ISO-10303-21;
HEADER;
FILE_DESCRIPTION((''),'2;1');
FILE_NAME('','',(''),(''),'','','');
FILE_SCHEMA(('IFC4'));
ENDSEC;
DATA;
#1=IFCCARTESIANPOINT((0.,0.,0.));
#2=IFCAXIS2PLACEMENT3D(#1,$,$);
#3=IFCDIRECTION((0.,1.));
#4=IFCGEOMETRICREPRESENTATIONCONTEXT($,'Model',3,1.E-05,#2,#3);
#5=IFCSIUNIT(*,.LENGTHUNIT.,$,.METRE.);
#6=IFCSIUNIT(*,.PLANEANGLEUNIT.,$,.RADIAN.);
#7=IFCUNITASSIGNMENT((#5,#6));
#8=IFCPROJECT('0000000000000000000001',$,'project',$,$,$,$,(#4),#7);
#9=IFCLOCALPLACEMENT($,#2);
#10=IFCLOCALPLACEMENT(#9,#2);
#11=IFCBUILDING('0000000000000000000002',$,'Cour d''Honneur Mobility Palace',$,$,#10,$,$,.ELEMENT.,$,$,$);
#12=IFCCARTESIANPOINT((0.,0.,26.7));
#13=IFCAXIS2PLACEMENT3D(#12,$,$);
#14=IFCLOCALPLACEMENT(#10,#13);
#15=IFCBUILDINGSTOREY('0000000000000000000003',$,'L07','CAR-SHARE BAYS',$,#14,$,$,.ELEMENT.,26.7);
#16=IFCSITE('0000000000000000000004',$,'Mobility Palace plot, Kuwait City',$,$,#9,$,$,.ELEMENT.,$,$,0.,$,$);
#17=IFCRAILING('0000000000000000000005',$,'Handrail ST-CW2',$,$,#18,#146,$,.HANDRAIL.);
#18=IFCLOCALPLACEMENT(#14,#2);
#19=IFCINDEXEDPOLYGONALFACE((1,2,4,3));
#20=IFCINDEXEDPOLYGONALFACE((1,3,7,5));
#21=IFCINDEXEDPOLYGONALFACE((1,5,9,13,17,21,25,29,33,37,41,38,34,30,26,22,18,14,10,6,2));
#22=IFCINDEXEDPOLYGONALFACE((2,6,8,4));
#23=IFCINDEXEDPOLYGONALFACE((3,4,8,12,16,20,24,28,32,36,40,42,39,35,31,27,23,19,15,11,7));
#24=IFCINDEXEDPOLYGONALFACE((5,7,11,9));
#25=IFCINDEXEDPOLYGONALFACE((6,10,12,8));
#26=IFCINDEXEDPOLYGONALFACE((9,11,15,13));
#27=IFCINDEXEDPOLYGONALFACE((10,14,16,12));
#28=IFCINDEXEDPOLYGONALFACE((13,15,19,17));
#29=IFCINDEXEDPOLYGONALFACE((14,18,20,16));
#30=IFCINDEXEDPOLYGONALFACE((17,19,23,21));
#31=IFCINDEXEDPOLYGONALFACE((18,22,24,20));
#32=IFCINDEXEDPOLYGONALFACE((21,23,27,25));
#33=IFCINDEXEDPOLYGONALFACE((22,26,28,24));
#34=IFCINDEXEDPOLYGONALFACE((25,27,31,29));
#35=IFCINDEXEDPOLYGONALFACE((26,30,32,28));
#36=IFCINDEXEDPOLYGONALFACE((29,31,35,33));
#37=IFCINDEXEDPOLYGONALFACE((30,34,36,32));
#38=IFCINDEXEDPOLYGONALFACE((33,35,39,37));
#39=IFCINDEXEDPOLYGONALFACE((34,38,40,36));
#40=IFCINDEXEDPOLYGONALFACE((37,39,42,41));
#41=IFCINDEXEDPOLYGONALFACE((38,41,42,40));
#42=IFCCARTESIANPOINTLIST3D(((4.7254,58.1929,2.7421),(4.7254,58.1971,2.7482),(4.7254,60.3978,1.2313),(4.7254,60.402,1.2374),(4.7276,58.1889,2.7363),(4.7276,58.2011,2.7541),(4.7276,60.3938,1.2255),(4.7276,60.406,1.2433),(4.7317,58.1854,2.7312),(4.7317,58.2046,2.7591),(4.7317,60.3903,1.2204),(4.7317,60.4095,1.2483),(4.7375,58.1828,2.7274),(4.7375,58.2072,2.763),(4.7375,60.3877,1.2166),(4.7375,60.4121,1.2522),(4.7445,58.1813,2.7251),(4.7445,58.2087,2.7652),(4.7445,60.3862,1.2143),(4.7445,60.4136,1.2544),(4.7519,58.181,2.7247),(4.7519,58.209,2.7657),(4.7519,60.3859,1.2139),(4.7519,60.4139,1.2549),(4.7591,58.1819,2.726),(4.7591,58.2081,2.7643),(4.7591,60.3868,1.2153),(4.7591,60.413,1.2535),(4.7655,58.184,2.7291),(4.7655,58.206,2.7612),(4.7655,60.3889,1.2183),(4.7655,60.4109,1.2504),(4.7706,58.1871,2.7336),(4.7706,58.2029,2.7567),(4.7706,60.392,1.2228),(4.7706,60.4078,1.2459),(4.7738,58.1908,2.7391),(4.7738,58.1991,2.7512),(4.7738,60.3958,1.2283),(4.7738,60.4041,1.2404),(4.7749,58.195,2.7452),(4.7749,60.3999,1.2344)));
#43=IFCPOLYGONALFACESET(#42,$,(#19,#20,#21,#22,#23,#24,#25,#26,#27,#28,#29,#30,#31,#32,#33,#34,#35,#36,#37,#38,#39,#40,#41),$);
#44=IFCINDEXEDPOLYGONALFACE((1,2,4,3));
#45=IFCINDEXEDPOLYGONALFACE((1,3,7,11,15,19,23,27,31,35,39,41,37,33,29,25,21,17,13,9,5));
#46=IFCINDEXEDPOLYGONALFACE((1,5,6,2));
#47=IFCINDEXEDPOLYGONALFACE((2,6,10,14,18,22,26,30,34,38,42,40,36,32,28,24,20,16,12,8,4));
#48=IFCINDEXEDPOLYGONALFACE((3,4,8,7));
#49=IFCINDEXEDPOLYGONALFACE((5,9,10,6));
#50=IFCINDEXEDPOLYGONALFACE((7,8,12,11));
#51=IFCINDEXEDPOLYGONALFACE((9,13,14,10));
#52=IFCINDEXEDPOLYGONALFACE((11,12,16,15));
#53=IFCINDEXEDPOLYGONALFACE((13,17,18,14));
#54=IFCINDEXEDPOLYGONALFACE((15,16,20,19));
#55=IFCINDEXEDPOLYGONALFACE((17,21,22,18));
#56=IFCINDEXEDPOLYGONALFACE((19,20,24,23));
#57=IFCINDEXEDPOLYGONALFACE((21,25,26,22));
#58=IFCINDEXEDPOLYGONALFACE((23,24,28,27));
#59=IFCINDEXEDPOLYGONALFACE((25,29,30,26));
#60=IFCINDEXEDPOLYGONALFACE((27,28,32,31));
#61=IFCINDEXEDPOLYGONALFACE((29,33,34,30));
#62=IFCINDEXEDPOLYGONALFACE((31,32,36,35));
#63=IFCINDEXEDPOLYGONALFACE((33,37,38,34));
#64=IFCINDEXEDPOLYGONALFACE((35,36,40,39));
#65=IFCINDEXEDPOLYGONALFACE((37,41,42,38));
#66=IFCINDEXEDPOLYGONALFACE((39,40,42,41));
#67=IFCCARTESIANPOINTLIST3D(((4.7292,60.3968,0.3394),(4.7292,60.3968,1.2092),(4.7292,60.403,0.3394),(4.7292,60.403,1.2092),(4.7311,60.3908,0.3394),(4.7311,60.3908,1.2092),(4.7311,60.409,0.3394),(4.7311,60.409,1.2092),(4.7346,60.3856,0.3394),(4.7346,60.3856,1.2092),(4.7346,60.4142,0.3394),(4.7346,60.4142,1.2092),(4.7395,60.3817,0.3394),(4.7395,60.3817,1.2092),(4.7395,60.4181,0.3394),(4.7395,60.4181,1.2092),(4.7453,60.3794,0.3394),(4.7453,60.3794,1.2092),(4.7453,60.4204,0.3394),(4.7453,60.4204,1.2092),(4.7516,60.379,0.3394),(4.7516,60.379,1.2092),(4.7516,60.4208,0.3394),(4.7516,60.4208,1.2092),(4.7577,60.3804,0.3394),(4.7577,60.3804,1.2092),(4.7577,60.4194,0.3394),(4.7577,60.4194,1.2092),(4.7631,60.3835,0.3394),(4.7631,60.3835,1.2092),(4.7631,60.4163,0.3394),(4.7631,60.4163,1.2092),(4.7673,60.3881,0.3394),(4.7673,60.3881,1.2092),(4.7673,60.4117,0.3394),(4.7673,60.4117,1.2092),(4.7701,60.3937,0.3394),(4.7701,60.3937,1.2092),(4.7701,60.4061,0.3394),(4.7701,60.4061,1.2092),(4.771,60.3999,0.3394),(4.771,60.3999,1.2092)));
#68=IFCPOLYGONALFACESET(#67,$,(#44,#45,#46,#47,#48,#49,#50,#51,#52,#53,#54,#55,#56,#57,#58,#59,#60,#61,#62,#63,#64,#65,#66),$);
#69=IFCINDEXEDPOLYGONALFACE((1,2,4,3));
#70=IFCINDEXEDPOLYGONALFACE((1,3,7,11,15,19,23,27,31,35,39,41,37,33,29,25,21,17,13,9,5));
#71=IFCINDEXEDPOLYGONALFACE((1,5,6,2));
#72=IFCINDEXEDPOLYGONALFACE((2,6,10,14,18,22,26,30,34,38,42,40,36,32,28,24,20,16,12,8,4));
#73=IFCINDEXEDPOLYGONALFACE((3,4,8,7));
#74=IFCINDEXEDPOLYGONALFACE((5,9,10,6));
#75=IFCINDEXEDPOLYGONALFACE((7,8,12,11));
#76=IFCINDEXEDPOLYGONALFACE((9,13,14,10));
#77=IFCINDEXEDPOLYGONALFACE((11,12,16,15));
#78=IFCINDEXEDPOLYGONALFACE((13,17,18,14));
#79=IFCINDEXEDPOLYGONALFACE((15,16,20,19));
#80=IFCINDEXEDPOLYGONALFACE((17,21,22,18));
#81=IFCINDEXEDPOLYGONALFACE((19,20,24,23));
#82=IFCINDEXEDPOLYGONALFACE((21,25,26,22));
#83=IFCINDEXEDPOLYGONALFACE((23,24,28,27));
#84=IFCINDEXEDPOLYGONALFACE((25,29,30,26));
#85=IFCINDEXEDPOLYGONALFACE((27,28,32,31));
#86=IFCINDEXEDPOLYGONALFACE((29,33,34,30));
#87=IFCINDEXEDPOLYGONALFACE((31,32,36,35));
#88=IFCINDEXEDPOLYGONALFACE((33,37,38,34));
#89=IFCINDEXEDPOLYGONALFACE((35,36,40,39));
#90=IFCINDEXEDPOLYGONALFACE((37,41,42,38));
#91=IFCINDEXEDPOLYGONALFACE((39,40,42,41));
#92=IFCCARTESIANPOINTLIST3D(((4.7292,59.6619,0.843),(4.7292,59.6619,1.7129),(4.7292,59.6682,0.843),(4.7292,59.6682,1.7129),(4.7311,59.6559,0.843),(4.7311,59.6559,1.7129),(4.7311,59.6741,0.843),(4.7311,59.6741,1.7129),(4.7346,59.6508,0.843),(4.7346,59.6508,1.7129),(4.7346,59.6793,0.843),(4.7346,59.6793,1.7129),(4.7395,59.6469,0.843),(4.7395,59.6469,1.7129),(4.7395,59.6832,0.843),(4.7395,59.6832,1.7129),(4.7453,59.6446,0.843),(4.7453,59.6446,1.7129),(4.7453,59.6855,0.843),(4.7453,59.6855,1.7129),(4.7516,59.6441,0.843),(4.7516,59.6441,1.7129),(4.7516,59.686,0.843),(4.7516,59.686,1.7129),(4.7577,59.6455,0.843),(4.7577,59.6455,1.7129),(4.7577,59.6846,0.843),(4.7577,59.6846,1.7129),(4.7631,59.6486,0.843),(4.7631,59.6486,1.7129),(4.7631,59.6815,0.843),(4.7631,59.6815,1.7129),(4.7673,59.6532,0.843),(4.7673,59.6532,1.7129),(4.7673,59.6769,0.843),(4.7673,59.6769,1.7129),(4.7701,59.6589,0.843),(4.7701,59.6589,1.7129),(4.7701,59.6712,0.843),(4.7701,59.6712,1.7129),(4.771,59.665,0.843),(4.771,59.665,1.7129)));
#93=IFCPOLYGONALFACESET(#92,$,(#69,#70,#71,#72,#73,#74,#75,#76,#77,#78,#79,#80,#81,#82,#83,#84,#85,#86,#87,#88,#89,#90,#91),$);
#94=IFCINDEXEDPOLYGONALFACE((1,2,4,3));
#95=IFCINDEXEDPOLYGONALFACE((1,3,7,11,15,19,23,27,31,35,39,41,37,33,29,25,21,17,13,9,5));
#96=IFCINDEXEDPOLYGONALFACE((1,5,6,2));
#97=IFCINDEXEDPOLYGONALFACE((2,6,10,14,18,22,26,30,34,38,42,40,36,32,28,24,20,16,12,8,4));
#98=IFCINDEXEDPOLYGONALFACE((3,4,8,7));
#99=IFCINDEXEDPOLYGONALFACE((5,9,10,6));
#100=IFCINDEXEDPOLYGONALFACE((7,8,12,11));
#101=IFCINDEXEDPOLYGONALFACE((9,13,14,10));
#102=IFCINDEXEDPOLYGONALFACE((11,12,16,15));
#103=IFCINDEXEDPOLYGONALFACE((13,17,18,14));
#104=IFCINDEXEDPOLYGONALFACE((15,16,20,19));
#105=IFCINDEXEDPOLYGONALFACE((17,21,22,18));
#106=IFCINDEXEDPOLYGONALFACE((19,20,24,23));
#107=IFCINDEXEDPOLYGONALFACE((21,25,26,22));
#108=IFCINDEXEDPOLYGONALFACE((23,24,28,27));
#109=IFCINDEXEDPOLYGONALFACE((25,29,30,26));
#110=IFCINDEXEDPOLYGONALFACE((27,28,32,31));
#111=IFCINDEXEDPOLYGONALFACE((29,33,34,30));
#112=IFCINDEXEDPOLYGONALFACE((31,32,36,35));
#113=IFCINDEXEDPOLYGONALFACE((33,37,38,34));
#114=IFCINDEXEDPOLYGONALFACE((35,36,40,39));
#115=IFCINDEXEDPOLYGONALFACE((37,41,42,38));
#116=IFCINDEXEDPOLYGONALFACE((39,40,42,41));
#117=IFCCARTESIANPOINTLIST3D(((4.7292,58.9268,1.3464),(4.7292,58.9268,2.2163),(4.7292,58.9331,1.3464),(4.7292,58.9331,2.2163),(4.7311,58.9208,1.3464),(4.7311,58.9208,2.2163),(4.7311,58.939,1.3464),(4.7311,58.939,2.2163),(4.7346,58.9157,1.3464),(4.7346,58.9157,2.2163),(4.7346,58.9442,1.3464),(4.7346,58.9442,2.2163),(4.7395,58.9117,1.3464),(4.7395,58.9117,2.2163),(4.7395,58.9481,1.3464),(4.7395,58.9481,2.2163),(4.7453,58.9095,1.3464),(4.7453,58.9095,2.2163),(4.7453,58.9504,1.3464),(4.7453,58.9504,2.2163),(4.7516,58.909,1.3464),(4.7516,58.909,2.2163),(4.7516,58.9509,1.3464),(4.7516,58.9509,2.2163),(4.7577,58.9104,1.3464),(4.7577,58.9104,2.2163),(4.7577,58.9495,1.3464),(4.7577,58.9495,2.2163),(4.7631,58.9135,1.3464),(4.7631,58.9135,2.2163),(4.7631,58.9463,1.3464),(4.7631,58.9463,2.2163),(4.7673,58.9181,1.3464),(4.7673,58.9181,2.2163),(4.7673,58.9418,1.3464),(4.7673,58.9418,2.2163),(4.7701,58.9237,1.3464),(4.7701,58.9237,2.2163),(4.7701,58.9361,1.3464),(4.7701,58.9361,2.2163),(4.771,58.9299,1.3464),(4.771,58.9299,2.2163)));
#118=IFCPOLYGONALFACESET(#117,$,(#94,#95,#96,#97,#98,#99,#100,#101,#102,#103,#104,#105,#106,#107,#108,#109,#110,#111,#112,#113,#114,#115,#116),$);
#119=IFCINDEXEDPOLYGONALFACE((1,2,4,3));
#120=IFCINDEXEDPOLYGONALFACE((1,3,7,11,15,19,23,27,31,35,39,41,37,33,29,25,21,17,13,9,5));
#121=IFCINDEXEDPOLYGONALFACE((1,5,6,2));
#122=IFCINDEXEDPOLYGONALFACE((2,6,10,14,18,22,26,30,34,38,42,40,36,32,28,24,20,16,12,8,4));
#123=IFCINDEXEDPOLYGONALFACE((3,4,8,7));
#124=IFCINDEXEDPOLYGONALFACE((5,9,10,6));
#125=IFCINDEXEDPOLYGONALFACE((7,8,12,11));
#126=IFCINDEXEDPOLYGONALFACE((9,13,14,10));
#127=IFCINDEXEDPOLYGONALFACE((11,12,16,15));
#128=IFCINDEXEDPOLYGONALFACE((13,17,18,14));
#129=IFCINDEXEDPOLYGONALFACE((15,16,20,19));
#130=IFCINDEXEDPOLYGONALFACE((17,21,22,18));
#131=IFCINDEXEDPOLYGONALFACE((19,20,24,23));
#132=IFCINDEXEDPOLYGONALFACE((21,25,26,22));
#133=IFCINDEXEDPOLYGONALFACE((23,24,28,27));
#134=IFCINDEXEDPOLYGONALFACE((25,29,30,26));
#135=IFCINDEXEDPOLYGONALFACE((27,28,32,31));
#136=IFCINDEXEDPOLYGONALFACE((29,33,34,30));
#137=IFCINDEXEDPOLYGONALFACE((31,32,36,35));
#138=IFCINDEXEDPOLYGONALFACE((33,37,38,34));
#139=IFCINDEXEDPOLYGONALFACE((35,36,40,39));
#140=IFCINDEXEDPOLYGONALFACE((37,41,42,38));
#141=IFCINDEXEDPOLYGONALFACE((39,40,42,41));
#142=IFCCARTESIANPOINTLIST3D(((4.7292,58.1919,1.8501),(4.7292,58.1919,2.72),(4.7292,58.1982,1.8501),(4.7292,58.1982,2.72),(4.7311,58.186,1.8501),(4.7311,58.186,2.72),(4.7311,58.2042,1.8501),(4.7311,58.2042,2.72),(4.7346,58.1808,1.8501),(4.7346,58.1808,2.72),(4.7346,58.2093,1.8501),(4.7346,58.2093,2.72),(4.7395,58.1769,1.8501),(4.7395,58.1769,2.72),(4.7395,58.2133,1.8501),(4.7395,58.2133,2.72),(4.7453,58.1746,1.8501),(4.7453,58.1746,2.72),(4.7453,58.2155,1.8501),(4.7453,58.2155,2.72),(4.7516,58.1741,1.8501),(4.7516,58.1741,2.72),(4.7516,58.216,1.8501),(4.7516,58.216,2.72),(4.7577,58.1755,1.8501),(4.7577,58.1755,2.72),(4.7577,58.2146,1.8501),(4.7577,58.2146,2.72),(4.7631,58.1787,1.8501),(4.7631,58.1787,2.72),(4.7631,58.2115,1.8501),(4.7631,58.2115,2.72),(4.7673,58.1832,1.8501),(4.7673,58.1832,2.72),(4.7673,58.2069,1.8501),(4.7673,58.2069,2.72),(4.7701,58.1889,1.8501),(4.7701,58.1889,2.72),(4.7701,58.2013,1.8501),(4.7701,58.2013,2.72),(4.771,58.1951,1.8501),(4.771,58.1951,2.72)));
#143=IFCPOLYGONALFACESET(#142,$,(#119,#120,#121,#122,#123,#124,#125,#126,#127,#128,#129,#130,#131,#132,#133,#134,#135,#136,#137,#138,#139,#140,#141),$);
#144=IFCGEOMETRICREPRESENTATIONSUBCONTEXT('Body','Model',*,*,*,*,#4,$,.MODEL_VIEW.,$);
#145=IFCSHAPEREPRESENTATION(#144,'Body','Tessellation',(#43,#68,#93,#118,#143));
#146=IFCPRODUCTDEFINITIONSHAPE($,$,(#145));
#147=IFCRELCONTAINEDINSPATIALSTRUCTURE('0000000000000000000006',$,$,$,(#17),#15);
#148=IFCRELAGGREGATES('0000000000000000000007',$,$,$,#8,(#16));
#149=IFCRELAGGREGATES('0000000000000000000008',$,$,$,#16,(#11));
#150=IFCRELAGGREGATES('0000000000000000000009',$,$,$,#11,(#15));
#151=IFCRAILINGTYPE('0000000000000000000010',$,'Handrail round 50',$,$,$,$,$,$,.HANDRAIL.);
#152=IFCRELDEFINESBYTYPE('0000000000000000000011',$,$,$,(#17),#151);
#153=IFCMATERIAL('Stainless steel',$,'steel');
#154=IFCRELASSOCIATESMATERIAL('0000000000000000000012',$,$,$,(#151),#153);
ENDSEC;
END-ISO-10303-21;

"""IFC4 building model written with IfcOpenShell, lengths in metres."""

from ifc_helpers import new_model, si_unit, direction, frame, origin, origin_2d, place, context, subcontext, project, spatial, circle, extrude, material, type_object, element, save


model = new_model("IFC4")

# Units and contexts
model_context = context("Model", 3, precision=1e-05, world=origin(), true_north=direction((0.0, 1.0)))
body_context = subcontext(model_context, "Body", "Model", "MODEL_VIEW")
ifc_project = project(units=[si_unit("LENGTHUNIT", "METRE"), si_unit("PLANEANGLEUNIT", "RADIAN")], contexts=[model_context])

# Site, building, storey
site_placement = place(None, origin())
site = spatial("IfcSite", under=ifc_project, at=site_placement, Name="Mobility Palace plot, Kuwait City", CompositionType="ELEMENT", RefElevation=0.0)
building_placement = place(site_placement, origin())
building = spatial("IfcBuilding", under=site, at=building_placement, Name="Cour d'Honneur Mobility Palace", CompositionType="ELEMENT")
storey_placement = place(building_placement, frame((0.0, 0.0, 26.7)))
storey = spatial("IfcBuildingStorey", under=building, at=storey_placement, Name="L07", Description="CAR-SHARE BAYS", CompositionType="ELEMENT", Elevation=26.7)

# Railing
ifc_material_1 = material(Name="Stainless steel", Category="steel")
railing_type_1 = type_object("IfcRailingType", Name="Handrail round 50", PredefinedType="HANDRAIL", material=ifc_material_1)
railing_1_placement = place(storey_placement, frame((4.75, 60.3999, 0.3394)))
element("IfcRailing", 1, at=railing_1_placement, inside=storey, type_object=railing_type_1, Name="Handrail ST-CW2", PredefinedType="HANDRAIL", context=body_context, shape_type="SweptSolid", body=[
    extrude(circle(Radius=0.0249, at=origin_2d()), frame((0.0, 0.0, 0.895), z_axis=(0.0, -0.824928, 0.565237), x_axis=(1.0, 0.0, 0.0)), (0.0, 0.0, 1.0), 2.6729),
    extrude(circle(Radius=0.021, at=origin_2d()), origin(), (0.0, 0.0, 1.0), 0.8699),
    extrude(circle(Radius=0.021, at=origin_2d()), frame((0.0, -0.7349, 0.5037)), (0.0, 0.0, 1.0), 0.8699),
    extrude(circle(Radius=0.021, at=origin_2d()), frame((0.0, -1.47, 1.0071)), (0.0, 0.0, 1.0), 0.8699),
    extrude(circle(Radius=0.021, at=origin_2d()), frame((0.0, -2.2048, 1.5107)), (0.0, 0.0, 1.0), 0.8699),
])

save(model, "model.ifc")
